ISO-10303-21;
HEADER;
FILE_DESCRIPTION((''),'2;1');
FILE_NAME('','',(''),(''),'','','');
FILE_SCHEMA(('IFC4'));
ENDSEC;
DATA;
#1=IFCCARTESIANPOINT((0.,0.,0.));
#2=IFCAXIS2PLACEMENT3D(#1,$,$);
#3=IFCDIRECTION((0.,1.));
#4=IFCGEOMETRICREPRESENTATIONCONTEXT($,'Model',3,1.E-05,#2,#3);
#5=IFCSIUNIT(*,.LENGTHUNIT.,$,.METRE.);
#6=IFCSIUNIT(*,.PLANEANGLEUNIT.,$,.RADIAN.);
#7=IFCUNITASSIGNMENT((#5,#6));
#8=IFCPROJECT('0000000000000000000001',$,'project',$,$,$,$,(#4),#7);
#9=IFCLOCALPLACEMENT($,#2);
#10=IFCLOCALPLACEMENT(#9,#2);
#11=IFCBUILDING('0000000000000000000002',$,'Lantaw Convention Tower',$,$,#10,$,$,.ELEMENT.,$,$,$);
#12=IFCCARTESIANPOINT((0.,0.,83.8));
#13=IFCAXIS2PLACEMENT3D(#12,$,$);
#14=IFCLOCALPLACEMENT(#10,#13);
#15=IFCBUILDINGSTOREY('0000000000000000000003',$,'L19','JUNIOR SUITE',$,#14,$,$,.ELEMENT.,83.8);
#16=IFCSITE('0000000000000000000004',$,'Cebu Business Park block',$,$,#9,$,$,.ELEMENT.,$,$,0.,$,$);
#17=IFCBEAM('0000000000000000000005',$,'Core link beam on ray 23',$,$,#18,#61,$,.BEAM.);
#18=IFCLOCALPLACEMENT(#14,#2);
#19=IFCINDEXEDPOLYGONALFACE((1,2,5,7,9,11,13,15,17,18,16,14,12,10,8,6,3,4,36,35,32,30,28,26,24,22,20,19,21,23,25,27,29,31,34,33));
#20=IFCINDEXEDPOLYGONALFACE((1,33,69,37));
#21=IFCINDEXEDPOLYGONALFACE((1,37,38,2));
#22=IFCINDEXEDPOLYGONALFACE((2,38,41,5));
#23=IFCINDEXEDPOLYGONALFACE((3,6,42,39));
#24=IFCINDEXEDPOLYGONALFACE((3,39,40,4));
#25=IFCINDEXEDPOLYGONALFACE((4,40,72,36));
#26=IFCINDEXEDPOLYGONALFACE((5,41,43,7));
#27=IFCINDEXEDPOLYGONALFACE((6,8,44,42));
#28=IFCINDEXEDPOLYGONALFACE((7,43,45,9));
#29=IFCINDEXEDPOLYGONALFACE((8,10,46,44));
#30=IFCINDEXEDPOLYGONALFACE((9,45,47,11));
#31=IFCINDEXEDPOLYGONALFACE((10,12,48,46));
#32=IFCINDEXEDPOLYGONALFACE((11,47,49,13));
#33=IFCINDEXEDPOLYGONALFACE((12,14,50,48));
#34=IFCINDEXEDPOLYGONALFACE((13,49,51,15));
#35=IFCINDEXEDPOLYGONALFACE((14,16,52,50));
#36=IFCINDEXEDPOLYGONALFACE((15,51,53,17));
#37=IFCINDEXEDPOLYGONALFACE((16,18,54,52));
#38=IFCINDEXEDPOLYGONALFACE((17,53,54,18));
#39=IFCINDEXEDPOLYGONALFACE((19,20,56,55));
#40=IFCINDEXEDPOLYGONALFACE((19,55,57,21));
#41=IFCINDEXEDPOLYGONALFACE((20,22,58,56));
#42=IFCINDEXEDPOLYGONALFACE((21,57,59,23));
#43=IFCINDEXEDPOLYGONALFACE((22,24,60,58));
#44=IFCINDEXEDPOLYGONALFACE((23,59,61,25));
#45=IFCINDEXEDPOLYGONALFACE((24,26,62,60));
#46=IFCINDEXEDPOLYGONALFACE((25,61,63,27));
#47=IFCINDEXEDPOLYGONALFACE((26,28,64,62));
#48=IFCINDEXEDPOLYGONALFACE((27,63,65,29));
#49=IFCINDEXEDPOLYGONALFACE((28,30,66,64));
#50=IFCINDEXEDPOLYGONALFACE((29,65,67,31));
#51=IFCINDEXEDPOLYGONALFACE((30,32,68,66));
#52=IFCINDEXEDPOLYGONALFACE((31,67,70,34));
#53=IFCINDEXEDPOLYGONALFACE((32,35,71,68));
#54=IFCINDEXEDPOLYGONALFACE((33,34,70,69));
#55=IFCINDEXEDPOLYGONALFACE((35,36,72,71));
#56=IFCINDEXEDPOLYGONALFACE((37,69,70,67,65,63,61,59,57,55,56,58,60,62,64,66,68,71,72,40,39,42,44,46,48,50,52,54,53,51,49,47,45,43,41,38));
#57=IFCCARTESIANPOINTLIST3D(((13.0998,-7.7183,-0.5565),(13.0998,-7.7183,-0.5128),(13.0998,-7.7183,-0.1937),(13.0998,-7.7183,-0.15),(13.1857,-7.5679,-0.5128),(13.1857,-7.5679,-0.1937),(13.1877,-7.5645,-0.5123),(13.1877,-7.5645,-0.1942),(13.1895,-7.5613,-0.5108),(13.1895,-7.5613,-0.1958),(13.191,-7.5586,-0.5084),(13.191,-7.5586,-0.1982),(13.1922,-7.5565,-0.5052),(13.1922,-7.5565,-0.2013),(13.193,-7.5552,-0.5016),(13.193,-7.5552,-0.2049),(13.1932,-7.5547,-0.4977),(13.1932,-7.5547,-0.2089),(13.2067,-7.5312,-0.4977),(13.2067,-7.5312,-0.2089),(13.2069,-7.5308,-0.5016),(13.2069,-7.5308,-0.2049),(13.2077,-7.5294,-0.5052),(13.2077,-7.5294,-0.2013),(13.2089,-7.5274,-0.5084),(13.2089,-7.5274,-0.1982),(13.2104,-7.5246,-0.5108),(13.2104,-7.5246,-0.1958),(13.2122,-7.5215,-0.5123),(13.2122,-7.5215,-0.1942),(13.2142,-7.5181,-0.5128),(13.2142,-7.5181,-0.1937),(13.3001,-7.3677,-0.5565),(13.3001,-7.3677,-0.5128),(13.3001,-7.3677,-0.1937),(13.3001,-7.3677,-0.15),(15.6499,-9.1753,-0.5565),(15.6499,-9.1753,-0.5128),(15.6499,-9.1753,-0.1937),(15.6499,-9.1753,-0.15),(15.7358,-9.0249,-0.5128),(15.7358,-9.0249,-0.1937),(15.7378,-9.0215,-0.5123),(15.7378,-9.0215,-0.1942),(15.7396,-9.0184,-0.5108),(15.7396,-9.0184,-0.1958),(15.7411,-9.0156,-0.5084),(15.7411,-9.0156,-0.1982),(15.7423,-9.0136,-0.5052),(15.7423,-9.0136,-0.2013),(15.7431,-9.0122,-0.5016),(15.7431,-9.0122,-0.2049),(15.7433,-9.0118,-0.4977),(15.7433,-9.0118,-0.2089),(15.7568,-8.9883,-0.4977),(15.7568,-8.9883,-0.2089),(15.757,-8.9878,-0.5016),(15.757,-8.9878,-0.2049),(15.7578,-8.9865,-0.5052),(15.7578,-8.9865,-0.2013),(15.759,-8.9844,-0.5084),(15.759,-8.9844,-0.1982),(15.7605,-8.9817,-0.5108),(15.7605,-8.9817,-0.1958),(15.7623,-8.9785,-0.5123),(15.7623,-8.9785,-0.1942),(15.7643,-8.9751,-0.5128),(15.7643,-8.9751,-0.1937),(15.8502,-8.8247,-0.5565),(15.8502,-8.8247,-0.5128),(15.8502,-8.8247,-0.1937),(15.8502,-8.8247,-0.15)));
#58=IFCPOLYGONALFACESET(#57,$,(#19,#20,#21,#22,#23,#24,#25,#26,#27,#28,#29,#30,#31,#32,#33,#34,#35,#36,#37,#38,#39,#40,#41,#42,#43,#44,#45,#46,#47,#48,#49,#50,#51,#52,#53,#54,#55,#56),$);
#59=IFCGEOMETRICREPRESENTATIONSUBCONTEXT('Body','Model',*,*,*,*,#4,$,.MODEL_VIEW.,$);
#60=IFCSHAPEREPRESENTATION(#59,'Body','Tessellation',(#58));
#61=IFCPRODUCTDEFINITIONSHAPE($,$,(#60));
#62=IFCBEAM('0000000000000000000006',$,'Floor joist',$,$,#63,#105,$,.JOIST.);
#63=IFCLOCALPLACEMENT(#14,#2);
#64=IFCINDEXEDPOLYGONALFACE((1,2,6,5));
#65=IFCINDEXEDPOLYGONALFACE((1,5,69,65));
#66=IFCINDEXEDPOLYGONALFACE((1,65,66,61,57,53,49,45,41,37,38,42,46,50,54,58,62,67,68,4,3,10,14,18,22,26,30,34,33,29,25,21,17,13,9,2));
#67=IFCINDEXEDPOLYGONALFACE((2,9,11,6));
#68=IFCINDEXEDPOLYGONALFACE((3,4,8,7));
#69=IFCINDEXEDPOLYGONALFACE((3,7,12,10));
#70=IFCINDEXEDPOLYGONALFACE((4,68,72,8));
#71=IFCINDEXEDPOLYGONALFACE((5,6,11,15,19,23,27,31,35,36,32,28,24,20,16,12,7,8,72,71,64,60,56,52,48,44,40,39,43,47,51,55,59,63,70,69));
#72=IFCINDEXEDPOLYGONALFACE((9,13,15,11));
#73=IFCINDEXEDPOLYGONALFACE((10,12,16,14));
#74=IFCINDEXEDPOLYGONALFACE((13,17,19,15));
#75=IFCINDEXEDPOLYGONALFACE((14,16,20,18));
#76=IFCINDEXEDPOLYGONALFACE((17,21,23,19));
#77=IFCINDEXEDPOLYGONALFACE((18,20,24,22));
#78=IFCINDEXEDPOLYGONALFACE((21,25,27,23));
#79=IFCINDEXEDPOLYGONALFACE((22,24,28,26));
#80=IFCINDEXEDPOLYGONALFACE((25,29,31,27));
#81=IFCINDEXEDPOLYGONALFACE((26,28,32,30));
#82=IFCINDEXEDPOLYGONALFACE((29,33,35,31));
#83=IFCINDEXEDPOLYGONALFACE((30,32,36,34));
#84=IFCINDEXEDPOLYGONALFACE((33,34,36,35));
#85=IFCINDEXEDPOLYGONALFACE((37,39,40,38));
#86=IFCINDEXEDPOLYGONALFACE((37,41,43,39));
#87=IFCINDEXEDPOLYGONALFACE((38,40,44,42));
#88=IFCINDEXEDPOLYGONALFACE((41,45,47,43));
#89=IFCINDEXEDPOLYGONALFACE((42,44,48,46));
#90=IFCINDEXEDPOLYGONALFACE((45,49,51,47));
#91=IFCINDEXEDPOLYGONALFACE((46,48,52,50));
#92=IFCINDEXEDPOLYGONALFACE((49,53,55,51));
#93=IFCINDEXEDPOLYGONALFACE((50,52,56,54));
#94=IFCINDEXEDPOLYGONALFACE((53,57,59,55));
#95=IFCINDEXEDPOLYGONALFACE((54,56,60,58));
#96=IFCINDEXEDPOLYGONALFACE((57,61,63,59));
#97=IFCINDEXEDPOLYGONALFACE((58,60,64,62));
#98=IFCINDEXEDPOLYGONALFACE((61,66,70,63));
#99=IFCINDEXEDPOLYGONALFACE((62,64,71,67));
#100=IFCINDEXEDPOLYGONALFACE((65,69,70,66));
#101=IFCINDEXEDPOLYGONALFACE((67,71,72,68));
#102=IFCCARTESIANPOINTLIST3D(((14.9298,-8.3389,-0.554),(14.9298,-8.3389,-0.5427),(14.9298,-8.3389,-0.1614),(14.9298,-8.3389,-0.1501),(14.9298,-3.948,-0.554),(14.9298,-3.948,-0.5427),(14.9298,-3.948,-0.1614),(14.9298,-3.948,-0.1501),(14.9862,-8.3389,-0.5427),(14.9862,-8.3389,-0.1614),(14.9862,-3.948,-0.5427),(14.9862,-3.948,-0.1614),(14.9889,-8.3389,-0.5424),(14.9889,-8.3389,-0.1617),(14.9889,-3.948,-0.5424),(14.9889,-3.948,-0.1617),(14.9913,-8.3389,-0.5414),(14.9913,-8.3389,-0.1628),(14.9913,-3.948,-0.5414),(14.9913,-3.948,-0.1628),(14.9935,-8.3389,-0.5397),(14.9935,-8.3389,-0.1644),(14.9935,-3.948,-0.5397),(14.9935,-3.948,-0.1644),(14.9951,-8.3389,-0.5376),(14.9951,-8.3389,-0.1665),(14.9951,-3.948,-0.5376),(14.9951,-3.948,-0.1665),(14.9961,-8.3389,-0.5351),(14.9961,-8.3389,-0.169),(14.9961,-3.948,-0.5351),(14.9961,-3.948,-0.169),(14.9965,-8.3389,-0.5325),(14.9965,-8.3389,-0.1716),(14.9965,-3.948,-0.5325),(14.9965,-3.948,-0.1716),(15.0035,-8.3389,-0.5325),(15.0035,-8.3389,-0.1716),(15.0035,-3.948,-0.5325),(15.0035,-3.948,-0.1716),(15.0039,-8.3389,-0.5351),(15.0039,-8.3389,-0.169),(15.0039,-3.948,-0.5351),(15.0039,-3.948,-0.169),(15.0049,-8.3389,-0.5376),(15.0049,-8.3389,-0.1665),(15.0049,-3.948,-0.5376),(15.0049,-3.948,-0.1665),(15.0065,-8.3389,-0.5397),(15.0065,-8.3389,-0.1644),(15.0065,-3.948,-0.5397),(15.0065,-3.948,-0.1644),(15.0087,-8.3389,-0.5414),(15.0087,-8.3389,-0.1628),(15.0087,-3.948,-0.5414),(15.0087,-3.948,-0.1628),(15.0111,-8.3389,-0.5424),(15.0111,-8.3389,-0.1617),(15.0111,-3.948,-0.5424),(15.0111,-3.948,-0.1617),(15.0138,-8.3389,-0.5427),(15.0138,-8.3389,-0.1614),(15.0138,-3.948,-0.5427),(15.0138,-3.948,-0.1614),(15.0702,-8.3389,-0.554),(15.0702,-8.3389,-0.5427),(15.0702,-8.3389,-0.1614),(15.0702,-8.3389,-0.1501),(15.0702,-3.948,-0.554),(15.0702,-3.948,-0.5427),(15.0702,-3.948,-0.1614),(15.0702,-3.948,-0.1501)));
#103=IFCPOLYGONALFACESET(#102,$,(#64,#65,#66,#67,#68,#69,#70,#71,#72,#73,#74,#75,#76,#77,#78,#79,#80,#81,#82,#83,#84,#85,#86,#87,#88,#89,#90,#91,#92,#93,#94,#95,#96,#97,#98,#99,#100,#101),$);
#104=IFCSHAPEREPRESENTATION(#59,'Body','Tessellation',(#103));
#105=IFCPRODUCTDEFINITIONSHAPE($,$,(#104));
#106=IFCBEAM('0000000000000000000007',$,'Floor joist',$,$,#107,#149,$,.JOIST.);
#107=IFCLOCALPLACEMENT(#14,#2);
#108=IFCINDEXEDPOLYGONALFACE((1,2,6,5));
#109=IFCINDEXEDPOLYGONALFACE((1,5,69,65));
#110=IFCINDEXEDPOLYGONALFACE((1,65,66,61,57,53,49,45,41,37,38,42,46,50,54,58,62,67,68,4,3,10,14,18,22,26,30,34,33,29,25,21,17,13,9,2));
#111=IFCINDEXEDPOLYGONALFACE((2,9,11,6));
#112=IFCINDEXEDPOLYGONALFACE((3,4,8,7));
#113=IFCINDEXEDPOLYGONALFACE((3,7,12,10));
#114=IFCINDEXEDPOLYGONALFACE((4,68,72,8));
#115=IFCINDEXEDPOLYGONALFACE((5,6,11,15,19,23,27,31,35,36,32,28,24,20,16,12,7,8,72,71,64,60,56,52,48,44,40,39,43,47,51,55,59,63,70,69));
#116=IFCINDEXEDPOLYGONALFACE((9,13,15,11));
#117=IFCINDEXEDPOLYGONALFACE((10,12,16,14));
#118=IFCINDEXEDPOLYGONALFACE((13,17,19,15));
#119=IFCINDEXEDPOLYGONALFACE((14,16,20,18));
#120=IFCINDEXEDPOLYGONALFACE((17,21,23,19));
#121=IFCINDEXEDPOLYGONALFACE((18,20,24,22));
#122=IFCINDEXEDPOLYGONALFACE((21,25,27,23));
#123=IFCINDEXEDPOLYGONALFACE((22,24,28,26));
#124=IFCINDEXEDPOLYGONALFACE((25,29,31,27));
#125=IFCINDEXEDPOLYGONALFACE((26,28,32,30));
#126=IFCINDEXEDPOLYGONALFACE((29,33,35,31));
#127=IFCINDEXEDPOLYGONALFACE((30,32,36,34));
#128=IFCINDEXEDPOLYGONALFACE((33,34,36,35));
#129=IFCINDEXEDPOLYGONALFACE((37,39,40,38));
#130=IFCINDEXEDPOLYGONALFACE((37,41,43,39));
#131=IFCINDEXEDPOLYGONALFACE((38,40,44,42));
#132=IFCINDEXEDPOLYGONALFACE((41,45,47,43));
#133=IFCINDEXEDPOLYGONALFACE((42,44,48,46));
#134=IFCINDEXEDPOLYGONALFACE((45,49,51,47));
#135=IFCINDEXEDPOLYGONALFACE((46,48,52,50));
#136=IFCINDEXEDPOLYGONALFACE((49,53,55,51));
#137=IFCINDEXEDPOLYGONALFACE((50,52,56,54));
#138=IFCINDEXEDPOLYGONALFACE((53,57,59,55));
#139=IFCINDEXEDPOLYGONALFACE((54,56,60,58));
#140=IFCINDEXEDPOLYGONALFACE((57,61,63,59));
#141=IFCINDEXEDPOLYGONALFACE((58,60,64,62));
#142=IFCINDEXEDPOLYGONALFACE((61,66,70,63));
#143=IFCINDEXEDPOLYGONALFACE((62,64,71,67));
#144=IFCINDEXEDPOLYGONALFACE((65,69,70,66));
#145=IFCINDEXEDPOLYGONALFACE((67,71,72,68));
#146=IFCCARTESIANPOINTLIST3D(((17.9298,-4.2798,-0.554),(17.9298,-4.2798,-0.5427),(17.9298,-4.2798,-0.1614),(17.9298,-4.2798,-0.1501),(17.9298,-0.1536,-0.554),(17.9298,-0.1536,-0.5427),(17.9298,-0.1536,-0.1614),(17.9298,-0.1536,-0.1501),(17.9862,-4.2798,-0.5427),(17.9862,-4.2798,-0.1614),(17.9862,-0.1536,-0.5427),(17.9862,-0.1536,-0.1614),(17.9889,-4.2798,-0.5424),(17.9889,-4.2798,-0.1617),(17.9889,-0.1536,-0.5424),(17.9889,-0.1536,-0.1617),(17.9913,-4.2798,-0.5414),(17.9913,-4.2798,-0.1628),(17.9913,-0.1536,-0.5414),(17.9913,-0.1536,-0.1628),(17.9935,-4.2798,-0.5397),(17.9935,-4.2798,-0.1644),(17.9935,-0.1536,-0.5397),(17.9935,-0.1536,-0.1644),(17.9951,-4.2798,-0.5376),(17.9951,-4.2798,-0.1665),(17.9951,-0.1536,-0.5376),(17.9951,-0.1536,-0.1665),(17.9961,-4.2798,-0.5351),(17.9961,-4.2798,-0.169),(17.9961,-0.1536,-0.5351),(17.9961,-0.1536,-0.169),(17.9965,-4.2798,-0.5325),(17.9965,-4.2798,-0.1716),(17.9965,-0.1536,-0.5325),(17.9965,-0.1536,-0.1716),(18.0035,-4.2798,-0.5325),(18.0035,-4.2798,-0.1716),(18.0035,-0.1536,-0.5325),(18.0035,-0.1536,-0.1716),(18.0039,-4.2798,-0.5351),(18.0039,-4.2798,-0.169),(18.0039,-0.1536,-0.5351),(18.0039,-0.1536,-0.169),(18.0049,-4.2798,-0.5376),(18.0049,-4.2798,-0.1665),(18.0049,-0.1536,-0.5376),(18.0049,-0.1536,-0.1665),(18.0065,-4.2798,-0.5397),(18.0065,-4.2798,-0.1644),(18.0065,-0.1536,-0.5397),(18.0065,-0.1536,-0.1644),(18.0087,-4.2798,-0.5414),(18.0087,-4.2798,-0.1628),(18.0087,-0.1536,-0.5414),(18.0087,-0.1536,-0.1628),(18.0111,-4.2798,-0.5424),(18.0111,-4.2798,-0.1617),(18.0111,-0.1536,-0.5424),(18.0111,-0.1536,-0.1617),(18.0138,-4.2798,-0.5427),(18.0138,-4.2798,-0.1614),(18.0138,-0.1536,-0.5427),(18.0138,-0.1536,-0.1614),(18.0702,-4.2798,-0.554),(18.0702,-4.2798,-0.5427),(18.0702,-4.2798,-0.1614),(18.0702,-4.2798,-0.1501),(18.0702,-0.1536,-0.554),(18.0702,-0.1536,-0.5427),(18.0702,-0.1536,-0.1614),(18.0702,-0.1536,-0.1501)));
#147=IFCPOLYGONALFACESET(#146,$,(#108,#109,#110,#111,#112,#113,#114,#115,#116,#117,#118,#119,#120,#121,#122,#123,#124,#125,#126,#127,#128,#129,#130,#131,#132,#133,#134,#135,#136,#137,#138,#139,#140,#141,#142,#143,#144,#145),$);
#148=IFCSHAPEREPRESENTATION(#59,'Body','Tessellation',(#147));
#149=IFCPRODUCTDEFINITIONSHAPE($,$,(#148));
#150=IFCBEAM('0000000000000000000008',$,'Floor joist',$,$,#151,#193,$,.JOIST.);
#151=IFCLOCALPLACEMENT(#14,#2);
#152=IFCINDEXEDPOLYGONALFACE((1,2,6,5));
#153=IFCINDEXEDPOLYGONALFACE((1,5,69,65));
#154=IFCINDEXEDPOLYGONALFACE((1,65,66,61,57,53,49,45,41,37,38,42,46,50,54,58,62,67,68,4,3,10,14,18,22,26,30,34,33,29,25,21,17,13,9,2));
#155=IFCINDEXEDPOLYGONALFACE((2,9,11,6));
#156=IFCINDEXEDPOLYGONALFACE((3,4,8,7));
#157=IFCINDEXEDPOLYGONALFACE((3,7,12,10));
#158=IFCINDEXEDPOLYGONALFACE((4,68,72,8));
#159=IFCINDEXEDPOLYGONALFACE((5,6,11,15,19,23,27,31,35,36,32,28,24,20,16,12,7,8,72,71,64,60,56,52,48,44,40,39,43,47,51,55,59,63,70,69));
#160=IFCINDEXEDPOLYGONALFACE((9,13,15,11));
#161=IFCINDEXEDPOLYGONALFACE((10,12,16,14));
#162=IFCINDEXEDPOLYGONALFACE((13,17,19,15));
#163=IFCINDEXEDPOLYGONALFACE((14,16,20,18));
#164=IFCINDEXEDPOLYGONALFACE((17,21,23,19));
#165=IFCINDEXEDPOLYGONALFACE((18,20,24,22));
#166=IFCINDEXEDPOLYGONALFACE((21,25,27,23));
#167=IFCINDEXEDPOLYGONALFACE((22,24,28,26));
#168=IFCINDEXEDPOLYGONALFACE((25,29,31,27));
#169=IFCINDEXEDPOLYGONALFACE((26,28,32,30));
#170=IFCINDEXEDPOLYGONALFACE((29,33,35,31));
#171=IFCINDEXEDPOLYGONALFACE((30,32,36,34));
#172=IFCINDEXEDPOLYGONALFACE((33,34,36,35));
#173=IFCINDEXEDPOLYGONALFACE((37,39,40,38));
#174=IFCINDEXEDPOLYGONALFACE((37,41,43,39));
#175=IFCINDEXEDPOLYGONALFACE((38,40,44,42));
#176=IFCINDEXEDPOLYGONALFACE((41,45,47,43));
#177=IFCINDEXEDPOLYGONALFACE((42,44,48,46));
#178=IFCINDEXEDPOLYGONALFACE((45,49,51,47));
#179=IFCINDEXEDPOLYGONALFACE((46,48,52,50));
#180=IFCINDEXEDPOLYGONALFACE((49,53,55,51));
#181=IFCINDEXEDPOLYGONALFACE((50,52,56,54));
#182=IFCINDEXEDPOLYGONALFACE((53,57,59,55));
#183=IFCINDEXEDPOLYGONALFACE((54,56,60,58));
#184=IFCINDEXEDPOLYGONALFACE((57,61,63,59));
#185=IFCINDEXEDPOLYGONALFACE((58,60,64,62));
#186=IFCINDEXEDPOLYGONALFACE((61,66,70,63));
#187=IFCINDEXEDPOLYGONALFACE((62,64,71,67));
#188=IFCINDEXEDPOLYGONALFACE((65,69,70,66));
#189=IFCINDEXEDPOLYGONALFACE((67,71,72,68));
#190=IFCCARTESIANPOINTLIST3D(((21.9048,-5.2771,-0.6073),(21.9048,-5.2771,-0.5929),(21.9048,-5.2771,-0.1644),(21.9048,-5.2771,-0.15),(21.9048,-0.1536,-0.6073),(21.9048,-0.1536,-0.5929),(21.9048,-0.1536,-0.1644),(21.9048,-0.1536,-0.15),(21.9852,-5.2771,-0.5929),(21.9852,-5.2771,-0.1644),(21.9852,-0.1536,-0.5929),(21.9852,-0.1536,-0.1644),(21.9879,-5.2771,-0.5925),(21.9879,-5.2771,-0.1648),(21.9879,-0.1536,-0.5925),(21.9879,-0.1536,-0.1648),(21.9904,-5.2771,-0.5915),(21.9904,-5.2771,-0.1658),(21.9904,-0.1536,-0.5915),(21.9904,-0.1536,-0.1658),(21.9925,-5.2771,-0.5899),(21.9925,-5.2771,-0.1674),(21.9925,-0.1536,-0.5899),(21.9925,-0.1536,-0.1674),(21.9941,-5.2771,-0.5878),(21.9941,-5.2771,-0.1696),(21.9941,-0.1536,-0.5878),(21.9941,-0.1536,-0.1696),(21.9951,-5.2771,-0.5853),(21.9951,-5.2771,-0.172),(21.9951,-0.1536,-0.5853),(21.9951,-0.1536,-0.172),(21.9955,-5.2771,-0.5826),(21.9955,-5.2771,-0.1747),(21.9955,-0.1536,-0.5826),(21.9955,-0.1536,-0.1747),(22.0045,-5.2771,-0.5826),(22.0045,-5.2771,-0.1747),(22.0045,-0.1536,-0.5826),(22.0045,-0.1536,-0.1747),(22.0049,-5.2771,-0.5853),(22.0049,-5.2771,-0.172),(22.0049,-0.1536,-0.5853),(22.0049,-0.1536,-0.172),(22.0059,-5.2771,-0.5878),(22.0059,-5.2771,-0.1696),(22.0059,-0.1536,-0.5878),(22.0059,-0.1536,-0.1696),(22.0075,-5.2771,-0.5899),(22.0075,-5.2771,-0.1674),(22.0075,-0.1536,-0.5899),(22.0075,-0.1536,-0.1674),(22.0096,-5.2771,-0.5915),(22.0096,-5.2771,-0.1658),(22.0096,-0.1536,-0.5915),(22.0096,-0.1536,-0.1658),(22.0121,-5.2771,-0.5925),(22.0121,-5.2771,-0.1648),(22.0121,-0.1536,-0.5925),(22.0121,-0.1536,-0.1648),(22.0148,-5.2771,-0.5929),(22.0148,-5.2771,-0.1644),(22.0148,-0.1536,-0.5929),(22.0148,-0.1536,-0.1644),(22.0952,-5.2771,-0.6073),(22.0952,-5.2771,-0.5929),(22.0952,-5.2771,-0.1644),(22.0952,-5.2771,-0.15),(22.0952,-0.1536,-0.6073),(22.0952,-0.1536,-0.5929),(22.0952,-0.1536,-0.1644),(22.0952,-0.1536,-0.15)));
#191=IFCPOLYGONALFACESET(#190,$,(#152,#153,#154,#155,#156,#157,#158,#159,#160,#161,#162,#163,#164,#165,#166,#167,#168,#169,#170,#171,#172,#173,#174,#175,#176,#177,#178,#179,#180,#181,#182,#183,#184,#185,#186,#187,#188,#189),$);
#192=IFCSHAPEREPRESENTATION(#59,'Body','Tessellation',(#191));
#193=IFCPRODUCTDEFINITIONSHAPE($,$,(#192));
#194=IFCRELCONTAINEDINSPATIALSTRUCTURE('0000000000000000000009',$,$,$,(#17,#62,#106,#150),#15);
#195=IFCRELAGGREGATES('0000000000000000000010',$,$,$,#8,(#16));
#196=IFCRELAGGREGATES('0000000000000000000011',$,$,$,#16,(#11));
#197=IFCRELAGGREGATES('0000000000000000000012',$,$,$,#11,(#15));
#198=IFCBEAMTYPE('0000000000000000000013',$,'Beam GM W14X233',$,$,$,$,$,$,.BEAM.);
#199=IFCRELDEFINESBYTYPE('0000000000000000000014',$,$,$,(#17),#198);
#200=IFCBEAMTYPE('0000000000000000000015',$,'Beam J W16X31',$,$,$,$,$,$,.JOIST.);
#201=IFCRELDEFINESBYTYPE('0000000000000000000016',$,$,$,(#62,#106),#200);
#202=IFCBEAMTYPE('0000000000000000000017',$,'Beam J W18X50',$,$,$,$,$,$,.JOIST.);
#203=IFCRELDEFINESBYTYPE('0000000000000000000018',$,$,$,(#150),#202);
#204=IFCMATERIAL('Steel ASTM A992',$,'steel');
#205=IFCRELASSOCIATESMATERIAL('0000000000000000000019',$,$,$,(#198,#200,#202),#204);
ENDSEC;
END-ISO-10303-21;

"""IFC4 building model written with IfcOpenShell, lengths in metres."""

from ifc_helpers import new_model, si_unit, direction, frame, origin, origin_2d, place, context, subcontext, project, spatial, i_section, extrude, material, material_profile, profile_set, type_object, element, save


model = new_model("IFC4")

# Units and contexts
model_context = context("Model", 3, precision=1e-05, world=origin(), true_north=direction((0.0, 1.0)))
body_context = subcontext(model_context, "Body", "Model", "MODEL_VIEW")
ifc_project = project(units=[si_unit("LENGTHUNIT", "METRE"), si_unit("PLANEANGLEUNIT", "RADIAN")], contexts=[model_context])

# Site, building, storey
site_placement = place(None, origin())
site = spatial("IfcSite", under=ifc_project, at=site_placement, Name="Cebu Business Park block", CompositionType="ELEMENT", RefElevation=0.0)
building_placement = place(site_placement, origin())
building = spatial("IfcBuilding", under=site, at=building_placement, Name="Lantaw Convention Tower", CompositionType="ELEMENT")
storey_placement = place(building_placement, frame((0.0, 0.0, 83.8)))
storey = spatial("IfcBuildingStorey", under=building, at=storey_placement, Name="L19", Description="JUNIOR SUITE", CompositionType="ELEMENT", Elevation=83.8)

# Beams
ifc_material_1 = material(Name="Steel ASTM A992", Category="steel")
ifc_material_profile_1 = material_profile(ifc_material_1, i_section(OverallWidth=0.4038, OverallDepth=0.4065, WebThickness=0.0271, FlangeThickness=0.0437, FilletRadius=0.0151, at=origin_2d()), Name="W14X233")
ifc_profile_set_1 = profile_set([ifc_material_profile_1], Name="Steel ASTM A992")
beam_type_1 = type_object("IfcBeamType", Name="Beam GM W14X233", PredefinedType="BEAM", material=ifc_profile_set_1)
beam_1_placement = place(storey_placement, frame((13.2, -7.543, -0.3533), z_axis=(0.868264, -0.496103, 0.0), x_axis=(0.496103, 0.868264, 0.0)))
element("IfcBeam", 1, at=beam_1_placement, inside=storey, type_object=beam_type_1, Name="Core link beam on ray 23", PredefinedType="BEAM", context=body_context, shape_type="SweptSolid", body=[
    extrude(i_section(OverallWidth=0.4038, OverallDepth=0.4065, WebThickness=0.0271, FlangeThickness=0.0437, FilletRadius=0.0151, at=origin_2d()), origin(), (0.0, 0.0, 1.0), 2.937),
])
ifc_material_profile_2 = material_profile(ifc_material_1, i_section(OverallWidth=0.1404, OverallDepth=0.4038, WebThickness=0.0071, FlangeThickness=0.0112, FilletRadius=0.0103, at=origin_2d()), Name="W16X31")
ifc_profile_set_2 = profile_set([ifc_material_profile_2], Name="Steel ASTM A992")
beam_type_2 = type_object("IfcBeamType", Name="Beam J W16X31", PredefinedType="JOIST", material=ifc_profile_set_2)
beam_2_placement = place(storey_placement, frame((15.0, -8.3389, -0.3521), z_axis=(0.0, 1.0, 0.0), x_axis=(-1.0, 0.0, 0.0)))
element("IfcBeam", 2, at=beam_2_placement, inside=storey, type_object=beam_type_2, Name="Floor joist", PredefinedType="JOIST", context=body_context, shape_type="SweptSolid", body=[
    extrude(i_section(OverallWidth=0.1404, OverallDepth=0.4038, WebThickness=0.0071, FlangeThickness=0.0112, FilletRadius=0.0103, at=origin_2d()), origin(), (0.0, 0.0, 1.0), 4.3909),
])
beam_3_placement = place(storey_placement, frame((18.0, -4.2798, -0.3521), z_axis=(0.0, 1.0, 0.0), x_axis=(-1.0, 0.0, 0.0)))
element("IfcBeam", 3, at=beam_3_placement, inside=storey, type_object=beam_type_2, Name="Floor joist", PredefinedType="JOIST", context=body_context, shape_type="SweptSolid", body=[
    extrude(i_section(OverallWidth=0.1404, OverallDepth=0.4038, WebThickness=0.0071, FlangeThickness=0.0112, FilletRadius=0.0103, at=origin_2d()), origin(), (0.0, 0.0, 1.0), 4.1262),
])
ifc_material_profile_3 = material_profile(ifc_material_1, i_section(OverallWidth=0.1904, OverallDepth=0.4573, WebThickness=0.009, FlangeThickness=0.0144, FilletRadius=0.0103, at=origin_2d()), Name="W18X50")
ifc_profile_set_3 = profile_set([ifc_material_profile_3], Name="Steel ASTM A992")
beam_type_3 = type_object("IfcBeamType", Name="Beam J W18X50", PredefinedType="JOIST", material=ifc_profile_set_3)
beam_4_placement = place(storey_placement, frame((22.0, -5.2771, -0.3787), z_axis=(0.0, 1.0, 0.0), x_axis=(-1.0, 0.0, 0.0)))
element("IfcBeam", 4, at=beam_4_placement, inside=storey, type_object=beam_type_3, Name="Floor joist", PredefinedType="JOIST", context=body_context, shape_type="SweptSolid", body=[
    extrude(i_section(OverallWidth=0.1904, OverallDepth=0.4573, WebThickness=0.009, FlangeThickness=0.0144, FilletRadius=0.0103, at=origin_2d()), origin(), (0.0, 0.0, 1.0), 5.1235),
])

save(model, "model.ifc")
